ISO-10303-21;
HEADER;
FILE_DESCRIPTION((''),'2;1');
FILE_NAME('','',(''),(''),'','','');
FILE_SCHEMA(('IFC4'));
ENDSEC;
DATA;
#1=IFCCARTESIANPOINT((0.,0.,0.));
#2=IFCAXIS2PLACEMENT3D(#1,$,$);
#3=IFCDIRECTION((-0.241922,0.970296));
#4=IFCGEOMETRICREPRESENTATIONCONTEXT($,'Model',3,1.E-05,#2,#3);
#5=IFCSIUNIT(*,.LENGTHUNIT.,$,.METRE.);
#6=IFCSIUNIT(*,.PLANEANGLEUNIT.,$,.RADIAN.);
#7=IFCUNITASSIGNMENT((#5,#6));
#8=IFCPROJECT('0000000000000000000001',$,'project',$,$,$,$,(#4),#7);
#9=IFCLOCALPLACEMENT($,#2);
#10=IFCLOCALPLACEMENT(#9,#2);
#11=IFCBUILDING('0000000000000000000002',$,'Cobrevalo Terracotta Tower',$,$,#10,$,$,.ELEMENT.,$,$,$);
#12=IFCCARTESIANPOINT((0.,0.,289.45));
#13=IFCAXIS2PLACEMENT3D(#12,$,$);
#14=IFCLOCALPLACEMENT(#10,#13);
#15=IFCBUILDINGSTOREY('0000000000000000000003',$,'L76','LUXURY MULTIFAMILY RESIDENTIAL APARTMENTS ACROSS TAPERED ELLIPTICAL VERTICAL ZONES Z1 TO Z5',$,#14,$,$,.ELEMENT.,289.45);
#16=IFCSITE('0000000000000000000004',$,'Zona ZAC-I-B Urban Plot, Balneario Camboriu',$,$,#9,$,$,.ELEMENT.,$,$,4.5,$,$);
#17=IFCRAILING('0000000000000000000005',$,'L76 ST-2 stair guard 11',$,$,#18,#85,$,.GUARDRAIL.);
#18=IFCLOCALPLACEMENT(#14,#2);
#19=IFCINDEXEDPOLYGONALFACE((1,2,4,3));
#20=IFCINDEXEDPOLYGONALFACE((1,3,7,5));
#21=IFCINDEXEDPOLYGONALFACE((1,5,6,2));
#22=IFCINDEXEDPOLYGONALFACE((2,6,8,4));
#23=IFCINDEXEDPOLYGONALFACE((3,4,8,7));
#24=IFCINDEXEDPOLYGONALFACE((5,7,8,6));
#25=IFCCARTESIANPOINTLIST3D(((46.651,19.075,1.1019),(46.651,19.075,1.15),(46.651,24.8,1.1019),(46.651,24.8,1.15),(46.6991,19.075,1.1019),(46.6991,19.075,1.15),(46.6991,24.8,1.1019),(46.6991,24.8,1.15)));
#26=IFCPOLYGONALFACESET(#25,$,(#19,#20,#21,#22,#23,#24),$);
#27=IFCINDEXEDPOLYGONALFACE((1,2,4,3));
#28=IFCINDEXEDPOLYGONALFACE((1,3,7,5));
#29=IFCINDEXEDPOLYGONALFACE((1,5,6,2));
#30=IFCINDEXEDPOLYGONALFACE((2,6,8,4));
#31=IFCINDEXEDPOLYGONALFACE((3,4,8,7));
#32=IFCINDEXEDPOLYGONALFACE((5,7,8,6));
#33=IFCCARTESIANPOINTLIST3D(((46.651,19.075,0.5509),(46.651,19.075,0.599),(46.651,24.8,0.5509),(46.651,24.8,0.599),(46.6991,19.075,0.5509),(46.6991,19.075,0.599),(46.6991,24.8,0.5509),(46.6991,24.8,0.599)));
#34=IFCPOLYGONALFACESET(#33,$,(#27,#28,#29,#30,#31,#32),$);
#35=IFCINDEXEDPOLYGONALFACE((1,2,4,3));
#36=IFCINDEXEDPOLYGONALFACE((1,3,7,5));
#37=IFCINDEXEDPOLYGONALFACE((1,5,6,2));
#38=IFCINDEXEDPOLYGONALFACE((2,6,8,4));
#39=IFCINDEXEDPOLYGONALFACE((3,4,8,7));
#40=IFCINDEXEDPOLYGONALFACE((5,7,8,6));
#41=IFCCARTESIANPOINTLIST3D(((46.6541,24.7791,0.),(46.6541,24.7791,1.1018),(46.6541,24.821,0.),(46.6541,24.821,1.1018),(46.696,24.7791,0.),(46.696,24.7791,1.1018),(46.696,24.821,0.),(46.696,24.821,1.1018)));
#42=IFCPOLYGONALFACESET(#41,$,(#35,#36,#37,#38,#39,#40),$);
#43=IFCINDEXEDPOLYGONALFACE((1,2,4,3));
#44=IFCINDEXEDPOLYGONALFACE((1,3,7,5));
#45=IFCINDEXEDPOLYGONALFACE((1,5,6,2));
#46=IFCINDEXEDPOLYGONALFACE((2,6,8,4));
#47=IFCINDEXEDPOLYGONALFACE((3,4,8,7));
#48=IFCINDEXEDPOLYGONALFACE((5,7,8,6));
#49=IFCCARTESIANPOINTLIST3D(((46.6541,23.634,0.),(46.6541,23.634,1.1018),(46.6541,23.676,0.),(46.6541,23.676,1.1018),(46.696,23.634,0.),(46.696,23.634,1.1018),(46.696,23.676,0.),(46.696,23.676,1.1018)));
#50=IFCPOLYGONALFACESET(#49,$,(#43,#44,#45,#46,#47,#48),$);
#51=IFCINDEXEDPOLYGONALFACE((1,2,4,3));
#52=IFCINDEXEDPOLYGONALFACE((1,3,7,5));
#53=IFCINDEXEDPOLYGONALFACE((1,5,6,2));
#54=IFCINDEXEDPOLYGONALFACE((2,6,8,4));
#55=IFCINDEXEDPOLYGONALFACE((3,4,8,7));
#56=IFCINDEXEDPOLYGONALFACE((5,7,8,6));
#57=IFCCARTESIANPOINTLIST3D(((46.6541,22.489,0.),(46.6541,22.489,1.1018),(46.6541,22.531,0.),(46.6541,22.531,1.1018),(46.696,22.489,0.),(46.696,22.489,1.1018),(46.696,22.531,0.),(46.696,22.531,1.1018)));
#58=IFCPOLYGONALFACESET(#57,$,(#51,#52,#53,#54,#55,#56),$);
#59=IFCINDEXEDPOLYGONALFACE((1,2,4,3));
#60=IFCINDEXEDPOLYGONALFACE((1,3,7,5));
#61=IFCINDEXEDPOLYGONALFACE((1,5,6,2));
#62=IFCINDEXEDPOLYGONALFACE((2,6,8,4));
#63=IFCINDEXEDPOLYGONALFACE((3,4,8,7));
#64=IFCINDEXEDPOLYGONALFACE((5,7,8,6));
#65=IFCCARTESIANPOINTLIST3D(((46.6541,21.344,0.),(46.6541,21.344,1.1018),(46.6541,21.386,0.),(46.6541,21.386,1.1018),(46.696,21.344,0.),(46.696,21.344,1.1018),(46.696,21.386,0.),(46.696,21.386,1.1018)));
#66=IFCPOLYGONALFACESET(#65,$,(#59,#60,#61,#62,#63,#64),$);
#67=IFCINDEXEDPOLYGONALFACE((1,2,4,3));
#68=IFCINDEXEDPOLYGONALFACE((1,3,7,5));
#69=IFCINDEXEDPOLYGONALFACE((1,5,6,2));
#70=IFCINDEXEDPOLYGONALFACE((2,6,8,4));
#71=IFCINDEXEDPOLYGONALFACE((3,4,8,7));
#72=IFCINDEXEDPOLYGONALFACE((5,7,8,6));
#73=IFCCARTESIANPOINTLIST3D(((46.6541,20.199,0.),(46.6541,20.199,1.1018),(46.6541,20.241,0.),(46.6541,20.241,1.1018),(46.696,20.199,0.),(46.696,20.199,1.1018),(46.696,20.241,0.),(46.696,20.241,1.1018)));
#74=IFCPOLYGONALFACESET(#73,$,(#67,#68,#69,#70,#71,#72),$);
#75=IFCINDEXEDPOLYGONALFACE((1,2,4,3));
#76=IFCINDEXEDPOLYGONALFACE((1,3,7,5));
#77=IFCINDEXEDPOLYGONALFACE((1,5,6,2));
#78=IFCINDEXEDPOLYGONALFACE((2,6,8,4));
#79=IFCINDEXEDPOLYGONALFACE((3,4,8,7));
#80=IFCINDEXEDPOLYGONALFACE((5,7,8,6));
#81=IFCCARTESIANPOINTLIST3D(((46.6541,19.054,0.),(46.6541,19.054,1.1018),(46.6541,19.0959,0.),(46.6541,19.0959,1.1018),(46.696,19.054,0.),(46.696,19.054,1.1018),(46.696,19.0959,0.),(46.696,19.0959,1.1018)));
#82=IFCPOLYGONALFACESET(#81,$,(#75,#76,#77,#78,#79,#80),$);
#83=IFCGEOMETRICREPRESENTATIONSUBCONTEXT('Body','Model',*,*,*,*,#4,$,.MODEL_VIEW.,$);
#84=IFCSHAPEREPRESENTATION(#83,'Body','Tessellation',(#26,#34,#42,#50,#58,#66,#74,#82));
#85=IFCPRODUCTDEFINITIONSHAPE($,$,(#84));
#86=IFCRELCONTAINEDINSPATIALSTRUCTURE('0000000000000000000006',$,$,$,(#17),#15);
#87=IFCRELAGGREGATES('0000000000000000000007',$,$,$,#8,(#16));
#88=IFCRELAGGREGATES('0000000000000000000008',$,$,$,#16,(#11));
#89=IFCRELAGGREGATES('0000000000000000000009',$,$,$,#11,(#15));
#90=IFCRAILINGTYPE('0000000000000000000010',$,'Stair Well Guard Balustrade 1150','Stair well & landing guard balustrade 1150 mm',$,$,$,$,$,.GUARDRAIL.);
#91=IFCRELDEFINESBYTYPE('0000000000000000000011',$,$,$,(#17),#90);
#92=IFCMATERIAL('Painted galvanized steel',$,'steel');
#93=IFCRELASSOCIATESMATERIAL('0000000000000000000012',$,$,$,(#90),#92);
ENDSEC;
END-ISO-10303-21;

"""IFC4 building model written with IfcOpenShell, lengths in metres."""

from ifc_helpers import new_model, si_unit, direction, frame, origin, origin_2d, place, context, subcontext, project, spatial, rectangle, extrude, material, type_object, element, save


model = new_model("IFC4")

# Units and contexts
model_context = context("Model", 3, precision=1e-05, world=origin(), true_north=direction((-0.241922, 0.970296)))
body_context = subcontext(model_context, "Body", "Model", "MODEL_VIEW")
ifc_project = project(units=[si_unit("LENGTHUNIT", "METRE"), si_unit("PLANEANGLEUNIT", "RADIAN")], contexts=[model_context])

# Site, building, storey
site_placement = place(None, origin())
site = spatial("IfcSite", under=ifc_project, at=site_placement, Name="Zona ZAC-I-B Urban Plot, Balneario Camboriu", CompositionType="ELEMENT", RefElevation=4.5)
building_placement = place(site_placement, origin())
building = spatial("IfcBuilding", under=site, at=building_placement, Name="Cobrevalo Terracotta Tower", CompositionType="ELEMENT")
storey_placement = place(building_placement, frame((0.0, 0.0, 289.45)))
storey = spatial("IfcBuildingStorey", under=building, at=storey_placement, Name="L76", Description="LUXURY MULTIFAMILY RESIDENTIAL APARTMENTS ACROSS TAPERED ELLIPTICAL VERTICAL ZONES Z1 TO Z5", CompositionType="ELEMENT", Elevation=289.45)

# Railing
ifc_material_1 = material(Name="Painted galvanized steel", Category="steel")
railing_type = type_object("IfcRailingType", Name="Stair Well Guard Balustrade 1150", Description="Stair well & landing guard balustrade 1150 mm", PredefinedType="GUARDRAIL", material=ifc_material_1)
for number, where, name in (
    (1, (46.675, 24.8, 0.0), "L76 ST-2 stair guard 11"),
):
    element("IfcRailing", number, at=place(storey_placement, frame(where)), inside=storey, type_object=railing_type, Name=name, PredefinedType="GUARDRAIL", context=body_context, shape_type="SweptSolid", body=[
        extrude(rectangle(XDim=0.0481, YDim=0.0481, at=origin_2d()), frame((0.0, 0.0, 1.126), z_axis=(0.0, -1.0, 0.0), x_axis=(1.0, 0.0, 0.0)), (0.0, 0.0, 1.0), 5.7251),
        extrude(rectangle(XDim=0.0481, YDim=0.0481, at=origin_2d()), frame((0.0, 0.0, 0.575), z_axis=(0.0, -1.0, 0.0), x_axis=(1.0, 0.0, 0.0)), (0.0, 0.0, 1.0), 5.7251),
        extrude(rectangle(XDim=0.042, YDim=0.042, at=origin_2d()), origin(), (0.0, 0.0, 1.0), 1.1018),
        extrude(rectangle(XDim=0.042, YDim=0.042, at=origin_2d()), frame((0.0, -1.145, 0.0)), (0.0, 0.0, 1.0), 1.1018),
        extrude(rectangle(XDim=0.042, YDim=0.042, at=origin_2d()), frame((0.0, -2.29, 0.0)), (0.0, 0.0, 1.0), 1.1018),
        extrude(rectangle(XDim=0.042, YDim=0.042, at=origin_2d()), frame((0.0, -3.4351, 0.0)), (0.0, 0.0, 1.0), 1.1018),
        extrude(rectangle(XDim=0.042, YDim=0.042, at=origin_2d()), frame((0.0, -4.5801, 0.0)), (0.0, 0.0, 1.0), 1.1018),
        extrude(rectangle(XDim=0.042, YDim=0.042, at=origin_2d()), frame((0.0, -5.7251, 0.0)), (0.0, 0.0, 1.0), 1.1018),
    ])

save(model, "model.ifc")
